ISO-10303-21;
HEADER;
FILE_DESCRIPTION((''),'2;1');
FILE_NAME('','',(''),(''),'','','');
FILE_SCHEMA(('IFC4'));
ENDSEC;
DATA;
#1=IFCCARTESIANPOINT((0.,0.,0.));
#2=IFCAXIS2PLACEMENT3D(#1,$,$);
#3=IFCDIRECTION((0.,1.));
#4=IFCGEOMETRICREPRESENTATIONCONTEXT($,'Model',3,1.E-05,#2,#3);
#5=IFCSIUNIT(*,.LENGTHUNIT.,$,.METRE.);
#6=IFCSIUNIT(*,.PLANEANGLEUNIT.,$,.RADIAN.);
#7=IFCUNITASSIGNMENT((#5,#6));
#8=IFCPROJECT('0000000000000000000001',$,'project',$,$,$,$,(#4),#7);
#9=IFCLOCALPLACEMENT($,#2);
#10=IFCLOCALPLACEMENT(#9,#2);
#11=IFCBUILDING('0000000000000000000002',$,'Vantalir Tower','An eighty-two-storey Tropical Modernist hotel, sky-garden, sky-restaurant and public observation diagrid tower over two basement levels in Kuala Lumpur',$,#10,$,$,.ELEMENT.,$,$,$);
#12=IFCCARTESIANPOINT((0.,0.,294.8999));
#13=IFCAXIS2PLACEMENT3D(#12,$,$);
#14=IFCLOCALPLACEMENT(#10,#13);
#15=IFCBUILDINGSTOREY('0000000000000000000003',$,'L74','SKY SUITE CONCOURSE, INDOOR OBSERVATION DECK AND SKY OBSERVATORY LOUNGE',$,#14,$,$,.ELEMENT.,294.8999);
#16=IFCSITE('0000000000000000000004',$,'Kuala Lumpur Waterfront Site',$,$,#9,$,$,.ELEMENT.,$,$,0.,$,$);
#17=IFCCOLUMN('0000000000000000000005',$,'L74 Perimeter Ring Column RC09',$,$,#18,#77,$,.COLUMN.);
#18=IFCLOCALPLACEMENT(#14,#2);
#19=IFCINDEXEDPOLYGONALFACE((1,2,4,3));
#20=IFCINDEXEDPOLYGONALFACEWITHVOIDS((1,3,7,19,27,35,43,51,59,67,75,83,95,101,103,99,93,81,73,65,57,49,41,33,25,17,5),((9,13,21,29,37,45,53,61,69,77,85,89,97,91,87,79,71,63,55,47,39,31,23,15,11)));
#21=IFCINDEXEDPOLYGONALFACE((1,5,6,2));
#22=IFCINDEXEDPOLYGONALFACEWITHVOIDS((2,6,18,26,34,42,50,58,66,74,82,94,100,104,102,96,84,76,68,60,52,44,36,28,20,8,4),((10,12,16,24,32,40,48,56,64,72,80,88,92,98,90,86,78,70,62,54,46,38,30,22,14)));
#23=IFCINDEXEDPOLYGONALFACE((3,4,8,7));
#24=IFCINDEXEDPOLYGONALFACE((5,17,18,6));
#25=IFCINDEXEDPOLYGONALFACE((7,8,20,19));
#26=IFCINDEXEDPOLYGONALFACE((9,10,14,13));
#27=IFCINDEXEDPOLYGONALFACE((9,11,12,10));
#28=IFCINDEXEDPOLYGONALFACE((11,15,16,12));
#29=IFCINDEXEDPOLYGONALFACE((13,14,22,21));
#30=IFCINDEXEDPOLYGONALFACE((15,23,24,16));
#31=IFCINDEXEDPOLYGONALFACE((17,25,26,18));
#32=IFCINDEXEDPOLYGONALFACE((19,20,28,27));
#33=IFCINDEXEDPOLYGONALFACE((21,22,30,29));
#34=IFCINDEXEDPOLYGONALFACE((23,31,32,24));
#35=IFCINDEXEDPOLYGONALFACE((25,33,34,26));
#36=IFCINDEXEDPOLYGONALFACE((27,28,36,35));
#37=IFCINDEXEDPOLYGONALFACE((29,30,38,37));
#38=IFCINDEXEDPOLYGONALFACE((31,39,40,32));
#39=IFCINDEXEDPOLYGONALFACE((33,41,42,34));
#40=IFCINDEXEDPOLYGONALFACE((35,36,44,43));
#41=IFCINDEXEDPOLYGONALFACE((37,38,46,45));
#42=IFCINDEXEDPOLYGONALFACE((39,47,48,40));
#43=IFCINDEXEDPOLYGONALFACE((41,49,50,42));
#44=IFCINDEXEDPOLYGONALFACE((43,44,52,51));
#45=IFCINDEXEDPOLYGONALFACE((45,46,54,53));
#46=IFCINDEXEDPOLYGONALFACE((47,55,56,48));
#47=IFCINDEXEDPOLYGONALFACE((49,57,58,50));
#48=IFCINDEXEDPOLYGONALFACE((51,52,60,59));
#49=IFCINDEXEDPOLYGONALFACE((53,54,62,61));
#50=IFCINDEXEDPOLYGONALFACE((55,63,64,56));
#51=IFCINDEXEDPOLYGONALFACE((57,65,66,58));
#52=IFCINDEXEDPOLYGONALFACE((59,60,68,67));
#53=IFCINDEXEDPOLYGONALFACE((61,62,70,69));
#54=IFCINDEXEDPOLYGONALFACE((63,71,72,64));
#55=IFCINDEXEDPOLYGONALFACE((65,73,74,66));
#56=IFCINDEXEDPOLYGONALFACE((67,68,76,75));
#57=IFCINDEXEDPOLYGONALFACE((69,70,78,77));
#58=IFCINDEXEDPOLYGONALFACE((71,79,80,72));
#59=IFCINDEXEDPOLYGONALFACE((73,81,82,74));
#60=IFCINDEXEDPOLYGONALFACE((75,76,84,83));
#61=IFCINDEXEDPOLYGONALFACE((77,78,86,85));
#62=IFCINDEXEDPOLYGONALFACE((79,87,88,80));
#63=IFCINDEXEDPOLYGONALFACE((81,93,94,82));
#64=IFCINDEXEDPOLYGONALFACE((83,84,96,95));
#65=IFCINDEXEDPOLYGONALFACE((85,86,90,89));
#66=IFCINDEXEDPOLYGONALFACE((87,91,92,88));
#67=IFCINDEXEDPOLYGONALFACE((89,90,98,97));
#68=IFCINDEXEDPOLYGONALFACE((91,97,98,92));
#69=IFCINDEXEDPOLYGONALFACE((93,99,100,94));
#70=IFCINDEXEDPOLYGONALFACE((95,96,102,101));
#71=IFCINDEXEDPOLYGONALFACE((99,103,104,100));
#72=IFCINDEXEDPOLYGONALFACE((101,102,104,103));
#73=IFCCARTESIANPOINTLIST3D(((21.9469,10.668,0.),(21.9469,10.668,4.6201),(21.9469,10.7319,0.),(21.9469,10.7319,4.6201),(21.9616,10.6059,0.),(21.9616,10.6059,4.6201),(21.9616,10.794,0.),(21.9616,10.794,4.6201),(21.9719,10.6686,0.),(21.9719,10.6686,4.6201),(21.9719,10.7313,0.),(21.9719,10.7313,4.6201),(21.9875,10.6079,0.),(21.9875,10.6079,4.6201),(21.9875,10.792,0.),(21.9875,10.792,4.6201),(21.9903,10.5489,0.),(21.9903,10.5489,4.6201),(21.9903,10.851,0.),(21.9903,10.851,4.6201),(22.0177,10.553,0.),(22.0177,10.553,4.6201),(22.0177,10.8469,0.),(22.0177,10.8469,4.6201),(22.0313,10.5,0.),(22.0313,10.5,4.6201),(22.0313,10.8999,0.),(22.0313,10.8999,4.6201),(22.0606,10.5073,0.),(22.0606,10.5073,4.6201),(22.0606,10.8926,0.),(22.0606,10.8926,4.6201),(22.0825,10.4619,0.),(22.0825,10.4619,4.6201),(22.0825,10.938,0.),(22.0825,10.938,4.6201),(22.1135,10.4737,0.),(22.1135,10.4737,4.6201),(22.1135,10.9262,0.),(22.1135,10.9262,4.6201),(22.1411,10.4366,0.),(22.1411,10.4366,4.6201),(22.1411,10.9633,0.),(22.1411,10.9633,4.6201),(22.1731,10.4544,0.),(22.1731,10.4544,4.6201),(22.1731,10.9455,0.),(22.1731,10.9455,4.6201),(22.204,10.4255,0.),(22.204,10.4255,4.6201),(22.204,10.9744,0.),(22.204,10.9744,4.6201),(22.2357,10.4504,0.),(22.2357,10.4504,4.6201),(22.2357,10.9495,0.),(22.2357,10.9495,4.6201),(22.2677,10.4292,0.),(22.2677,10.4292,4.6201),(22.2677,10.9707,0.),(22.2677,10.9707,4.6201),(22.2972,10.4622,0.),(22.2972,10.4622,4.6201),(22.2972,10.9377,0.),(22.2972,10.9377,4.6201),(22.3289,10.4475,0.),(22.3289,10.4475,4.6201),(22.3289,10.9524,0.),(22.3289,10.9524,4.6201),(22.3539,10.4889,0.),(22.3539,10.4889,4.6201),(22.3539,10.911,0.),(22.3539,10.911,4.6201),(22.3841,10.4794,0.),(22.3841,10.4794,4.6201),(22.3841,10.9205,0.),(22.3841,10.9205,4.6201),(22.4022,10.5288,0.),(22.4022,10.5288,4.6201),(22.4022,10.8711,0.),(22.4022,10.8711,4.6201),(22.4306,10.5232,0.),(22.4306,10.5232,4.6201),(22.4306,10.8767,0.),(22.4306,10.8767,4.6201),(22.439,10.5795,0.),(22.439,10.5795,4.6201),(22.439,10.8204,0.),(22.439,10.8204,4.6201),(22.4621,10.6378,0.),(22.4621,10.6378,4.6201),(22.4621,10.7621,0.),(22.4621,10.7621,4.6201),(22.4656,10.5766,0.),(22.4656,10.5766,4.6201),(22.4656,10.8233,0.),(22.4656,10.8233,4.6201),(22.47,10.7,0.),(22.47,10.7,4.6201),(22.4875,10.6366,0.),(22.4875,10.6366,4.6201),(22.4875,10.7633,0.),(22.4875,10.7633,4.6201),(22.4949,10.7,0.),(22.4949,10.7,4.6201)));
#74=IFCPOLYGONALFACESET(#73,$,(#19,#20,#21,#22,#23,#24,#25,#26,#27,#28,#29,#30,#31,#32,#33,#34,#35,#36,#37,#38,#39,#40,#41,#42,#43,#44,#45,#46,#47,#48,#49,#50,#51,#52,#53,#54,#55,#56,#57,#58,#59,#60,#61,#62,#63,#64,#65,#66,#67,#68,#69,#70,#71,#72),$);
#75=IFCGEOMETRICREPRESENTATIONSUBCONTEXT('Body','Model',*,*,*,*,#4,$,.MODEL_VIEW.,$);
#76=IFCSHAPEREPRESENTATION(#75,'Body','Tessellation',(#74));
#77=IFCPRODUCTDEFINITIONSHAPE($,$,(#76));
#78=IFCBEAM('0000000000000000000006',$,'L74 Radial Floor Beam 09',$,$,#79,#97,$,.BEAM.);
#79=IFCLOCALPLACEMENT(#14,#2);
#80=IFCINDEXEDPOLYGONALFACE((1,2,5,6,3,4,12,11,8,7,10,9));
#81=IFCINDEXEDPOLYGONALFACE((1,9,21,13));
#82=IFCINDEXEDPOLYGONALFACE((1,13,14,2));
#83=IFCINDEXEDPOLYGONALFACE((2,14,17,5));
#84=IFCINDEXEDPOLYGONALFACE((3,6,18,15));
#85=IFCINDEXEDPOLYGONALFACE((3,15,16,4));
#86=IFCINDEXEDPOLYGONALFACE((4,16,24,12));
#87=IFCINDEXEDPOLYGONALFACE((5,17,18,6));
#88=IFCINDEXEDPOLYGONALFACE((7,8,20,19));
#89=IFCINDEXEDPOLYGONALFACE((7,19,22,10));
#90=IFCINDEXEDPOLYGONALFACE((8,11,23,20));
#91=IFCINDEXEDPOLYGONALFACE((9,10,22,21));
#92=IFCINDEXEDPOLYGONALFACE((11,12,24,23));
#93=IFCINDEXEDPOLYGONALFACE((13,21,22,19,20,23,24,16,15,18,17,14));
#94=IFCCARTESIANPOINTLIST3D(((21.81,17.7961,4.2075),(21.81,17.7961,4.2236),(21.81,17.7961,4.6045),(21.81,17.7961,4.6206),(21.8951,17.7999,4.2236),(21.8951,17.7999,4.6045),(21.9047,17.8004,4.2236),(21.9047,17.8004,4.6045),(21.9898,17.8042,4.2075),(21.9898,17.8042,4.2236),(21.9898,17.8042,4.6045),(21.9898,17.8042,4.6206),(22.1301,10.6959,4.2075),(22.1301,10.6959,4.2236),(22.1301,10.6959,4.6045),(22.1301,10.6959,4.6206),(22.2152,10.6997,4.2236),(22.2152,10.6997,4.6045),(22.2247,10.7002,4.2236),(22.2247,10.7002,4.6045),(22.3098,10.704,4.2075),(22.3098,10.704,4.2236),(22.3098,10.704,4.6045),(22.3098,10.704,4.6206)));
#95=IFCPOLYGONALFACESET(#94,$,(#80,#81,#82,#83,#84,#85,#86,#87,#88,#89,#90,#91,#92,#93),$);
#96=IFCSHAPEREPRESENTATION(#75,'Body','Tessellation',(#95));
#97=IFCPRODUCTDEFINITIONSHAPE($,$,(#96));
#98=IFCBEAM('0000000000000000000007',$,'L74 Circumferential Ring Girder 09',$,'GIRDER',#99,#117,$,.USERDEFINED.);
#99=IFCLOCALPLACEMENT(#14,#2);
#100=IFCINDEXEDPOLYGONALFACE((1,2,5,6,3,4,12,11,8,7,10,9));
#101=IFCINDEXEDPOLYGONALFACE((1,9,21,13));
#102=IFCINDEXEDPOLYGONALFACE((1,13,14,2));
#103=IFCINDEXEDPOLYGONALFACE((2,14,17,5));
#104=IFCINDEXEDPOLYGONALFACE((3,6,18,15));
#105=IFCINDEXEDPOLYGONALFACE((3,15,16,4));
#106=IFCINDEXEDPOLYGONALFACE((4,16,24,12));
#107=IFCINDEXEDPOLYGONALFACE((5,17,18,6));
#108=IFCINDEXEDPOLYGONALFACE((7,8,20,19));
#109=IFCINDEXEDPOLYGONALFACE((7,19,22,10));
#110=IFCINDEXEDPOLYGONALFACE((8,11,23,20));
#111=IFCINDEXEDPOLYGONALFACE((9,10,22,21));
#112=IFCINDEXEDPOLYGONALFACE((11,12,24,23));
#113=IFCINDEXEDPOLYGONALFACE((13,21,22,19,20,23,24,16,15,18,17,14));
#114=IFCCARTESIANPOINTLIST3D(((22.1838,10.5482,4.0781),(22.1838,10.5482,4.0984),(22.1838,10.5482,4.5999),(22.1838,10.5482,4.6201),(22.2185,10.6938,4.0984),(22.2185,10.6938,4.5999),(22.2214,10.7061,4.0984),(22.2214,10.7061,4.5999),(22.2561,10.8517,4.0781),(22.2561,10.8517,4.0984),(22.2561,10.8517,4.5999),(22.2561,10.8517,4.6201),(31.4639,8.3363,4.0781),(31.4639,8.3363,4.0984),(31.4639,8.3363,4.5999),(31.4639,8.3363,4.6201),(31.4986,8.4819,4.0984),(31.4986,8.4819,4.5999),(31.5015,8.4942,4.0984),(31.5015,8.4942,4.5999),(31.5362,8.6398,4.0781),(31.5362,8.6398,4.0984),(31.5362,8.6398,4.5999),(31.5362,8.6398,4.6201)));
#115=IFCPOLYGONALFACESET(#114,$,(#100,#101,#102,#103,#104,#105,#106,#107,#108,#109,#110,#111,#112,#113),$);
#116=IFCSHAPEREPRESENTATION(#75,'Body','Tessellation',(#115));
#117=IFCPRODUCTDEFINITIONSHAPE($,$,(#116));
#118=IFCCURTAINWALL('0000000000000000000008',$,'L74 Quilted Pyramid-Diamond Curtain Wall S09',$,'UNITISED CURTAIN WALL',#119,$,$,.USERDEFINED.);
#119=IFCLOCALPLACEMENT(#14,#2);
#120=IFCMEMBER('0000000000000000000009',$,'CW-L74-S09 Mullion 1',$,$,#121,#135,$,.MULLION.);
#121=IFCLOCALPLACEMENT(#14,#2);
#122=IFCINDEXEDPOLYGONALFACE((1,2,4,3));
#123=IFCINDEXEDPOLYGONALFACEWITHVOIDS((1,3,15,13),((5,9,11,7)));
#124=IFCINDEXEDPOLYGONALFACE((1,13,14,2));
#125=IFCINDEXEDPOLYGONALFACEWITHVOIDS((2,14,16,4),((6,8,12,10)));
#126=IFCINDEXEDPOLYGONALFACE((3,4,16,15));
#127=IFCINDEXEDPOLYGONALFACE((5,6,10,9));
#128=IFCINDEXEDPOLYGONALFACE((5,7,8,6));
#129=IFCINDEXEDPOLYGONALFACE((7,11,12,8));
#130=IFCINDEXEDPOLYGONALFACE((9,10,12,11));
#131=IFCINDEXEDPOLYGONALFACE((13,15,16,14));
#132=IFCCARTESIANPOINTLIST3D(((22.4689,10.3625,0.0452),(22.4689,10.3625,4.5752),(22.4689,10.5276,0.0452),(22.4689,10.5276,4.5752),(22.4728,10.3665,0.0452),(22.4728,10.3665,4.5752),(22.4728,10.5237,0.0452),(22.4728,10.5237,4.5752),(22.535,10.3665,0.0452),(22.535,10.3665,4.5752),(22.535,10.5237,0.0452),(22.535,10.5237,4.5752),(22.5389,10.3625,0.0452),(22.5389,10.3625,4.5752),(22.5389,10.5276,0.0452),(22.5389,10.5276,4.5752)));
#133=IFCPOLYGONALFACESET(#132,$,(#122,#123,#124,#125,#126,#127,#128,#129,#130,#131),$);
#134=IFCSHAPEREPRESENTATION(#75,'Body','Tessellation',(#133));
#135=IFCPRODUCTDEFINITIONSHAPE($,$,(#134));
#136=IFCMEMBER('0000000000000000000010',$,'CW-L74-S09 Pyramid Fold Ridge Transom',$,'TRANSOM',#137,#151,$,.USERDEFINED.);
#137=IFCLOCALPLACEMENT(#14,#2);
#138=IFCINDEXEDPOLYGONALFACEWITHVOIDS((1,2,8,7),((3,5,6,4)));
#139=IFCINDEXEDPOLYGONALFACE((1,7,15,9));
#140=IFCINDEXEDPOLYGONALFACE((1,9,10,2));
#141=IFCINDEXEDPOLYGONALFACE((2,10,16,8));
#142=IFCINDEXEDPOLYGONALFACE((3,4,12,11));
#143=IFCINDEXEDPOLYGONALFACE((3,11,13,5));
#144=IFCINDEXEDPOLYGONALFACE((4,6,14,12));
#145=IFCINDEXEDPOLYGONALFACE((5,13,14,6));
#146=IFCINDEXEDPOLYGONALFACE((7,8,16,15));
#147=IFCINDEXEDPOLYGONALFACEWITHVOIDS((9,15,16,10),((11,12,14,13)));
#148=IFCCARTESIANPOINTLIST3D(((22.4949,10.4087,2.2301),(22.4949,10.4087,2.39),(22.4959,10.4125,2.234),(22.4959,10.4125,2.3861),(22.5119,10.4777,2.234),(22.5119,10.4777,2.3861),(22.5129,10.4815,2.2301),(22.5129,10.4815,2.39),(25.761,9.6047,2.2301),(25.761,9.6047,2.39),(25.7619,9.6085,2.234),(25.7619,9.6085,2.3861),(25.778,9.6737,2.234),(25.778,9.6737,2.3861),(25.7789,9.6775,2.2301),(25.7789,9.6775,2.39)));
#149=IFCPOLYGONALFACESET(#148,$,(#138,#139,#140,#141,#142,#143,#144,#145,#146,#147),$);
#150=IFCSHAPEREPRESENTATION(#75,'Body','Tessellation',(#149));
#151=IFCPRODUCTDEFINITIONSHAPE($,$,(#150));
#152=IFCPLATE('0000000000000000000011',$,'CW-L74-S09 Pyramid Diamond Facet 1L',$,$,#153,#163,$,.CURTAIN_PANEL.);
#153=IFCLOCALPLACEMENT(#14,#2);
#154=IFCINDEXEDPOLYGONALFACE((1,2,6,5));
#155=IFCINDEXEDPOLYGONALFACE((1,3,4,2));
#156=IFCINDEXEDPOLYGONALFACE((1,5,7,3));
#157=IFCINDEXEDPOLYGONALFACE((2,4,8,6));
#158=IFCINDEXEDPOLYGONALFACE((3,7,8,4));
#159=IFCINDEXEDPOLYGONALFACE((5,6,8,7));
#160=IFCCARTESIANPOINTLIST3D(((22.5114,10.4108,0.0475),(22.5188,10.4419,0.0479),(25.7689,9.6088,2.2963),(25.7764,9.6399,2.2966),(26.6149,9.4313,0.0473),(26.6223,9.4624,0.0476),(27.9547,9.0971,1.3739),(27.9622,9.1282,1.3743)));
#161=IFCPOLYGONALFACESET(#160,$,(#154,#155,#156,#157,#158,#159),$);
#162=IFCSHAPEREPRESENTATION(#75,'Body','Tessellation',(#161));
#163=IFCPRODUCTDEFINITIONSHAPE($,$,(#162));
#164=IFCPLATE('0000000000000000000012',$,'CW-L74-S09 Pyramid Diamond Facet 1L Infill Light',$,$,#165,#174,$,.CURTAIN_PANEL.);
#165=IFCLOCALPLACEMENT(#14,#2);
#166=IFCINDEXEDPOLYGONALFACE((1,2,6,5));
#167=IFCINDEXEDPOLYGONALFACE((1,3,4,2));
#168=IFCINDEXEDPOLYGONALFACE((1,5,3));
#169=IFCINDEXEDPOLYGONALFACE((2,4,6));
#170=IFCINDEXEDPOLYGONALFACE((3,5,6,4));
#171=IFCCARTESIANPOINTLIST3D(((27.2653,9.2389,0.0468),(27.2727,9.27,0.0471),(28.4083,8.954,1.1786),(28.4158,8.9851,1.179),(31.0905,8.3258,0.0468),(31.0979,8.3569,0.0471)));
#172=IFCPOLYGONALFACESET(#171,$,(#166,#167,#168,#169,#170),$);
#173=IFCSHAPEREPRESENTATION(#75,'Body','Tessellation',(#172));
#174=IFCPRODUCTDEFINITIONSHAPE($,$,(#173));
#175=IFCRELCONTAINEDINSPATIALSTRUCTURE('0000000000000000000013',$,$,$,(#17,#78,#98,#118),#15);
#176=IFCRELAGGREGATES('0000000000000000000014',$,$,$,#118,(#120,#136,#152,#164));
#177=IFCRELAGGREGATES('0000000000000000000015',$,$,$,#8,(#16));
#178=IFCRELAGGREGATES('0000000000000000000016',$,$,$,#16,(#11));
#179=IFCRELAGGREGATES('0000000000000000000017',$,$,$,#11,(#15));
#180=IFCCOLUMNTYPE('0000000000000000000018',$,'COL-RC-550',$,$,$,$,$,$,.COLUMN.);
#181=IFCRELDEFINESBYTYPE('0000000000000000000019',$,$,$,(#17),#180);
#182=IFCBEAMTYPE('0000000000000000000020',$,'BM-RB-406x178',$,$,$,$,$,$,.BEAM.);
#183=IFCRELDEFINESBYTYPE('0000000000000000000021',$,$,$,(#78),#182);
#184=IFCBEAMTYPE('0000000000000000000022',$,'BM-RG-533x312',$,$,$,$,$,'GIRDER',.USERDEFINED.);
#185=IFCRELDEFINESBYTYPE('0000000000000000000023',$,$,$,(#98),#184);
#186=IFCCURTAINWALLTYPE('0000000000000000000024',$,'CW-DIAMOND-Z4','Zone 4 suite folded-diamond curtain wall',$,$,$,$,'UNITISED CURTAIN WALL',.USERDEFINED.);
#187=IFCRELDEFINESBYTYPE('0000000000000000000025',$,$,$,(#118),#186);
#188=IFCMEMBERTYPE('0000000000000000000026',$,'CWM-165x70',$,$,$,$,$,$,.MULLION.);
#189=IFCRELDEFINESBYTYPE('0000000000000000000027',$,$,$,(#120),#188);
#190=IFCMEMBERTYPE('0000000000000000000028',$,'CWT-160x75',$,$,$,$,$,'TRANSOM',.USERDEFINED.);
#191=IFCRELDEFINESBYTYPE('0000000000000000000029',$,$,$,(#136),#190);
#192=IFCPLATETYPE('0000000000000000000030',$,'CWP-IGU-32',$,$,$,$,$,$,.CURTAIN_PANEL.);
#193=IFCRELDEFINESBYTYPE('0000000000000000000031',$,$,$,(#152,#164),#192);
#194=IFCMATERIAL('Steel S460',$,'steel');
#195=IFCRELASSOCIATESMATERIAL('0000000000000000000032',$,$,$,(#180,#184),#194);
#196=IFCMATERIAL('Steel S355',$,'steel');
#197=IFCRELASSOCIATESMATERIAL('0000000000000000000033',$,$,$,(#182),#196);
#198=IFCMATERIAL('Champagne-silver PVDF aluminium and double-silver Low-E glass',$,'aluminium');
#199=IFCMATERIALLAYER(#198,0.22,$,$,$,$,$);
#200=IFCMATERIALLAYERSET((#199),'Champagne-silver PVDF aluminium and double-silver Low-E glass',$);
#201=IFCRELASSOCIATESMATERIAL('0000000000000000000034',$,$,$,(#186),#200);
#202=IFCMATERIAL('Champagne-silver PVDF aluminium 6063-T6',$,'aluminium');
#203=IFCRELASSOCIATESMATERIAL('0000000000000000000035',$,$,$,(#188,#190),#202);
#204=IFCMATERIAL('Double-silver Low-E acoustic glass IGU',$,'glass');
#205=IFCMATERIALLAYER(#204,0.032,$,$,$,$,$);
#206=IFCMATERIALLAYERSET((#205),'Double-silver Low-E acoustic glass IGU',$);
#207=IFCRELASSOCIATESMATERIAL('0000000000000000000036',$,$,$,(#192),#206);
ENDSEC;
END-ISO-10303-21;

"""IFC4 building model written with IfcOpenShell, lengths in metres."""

from ifc_helpers import new_model, si_unit, direction, frame, origin, origin_2d, place, context, subcontext, project, spatial, polyline, hollow_rectangle, hollow_circle, i_section, outline, extrude, material, layer, layer_set, material_profile, profile_set, type_object, element, aggregate, save


model = new_model("IFC4")

# Units and contexts
model_context = context("Model", 3, precision=1e-05, world=origin(), true_north=direction((0.0, 1.0)))
body_context = subcontext(model_context, "Body", "Model", "MODEL_VIEW")
ifc_project = project(units=[si_unit("LENGTHUNIT", "METRE"), si_unit("PLANEANGLEUNIT", "RADIAN")], contexts=[model_context])

# Site, building, storey
site_placement = place(None, origin())
site = spatial("IfcSite", under=ifc_project, at=site_placement, Name="Kuala Lumpur Waterfront Site", CompositionType="ELEMENT", RefElevation=0.0)
building_placement = place(site_placement, origin())
building = spatial("IfcBuilding", under=site, at=building_placement, Name="Vantalir Tower", Description="An eighty-two-storey Tropical Modernist hotel, sky-garden, sky-restaurant and public observation diagrid tower over two basement levels in Kuala Lumpur", CompositionType="ELEMENT")
storey_placement = place(building_placement, frame((0.0, 0.0, 294.8999)))
storey = spatial("IfcBuildingStorey", under=building, at=storey_placement, Name="L74", Description="SKY SUITE CONCOURSE, INDOOR OBSERVATION DECK AND SKY OBSERVATORY LOUNGE", CompositionType="ELEMENT", Elevation=294.8999)

# Column
ifc_material_1 = material(Name="Steel S460", Category="steel")
ifc_material_profile_1 = material_profile(ifc_material_1, hollow_circle(Radius=0.2749, WallThickness=0.0249, at=origin_2d()), Name="Steel S460")
ifc_profile_set_1 = profile_set([ifc_material_profile_1], Name="Steel S460")
column_type = type_object("IfcColumnType", Name="COL-RC-550", PredefinedType="COLUMN", material=ifc_profile_set_1)
column_placement = place(storey_placement, frame((22.22, 10.7, 0.0), z_axis=(0.0, 0.0, 1.0), x_axis=(1.0, 0.0, 0.0)))
element("IfcColumn", 1, at=column_placement, inside=storey, type_object=column_type, Name="L74 Perimeter Ring Column RC09", PredefinedType="COLUMN", context=body_context, shape_type="SweptSolid", body=[
    extrude(hollow_circle(Radius=0.2749, WallThickness=0.0249, at=origin_2d()), origin(), (0.0, 0.0, 1.0), 4.6201),
])

# Beams
ifc_material_2 = material(Name="Steel S355", Category="steel")
ifc_material_profile_2 = material_profile(ifc_material_2, i_section(OverallWidth=0.1799, OverallDepth=0.4131, WebThickness=0.0095, FlangeThickness=0.0161, at=origin_2d()), Name="Steel S355")
ifc_profile_set_2 = profile_set([ifc_material_profile_2], Name="Steel S355")
beam_type_1 = type_object("IfcBeamType", Name="BM-RB-406x178", PredefinedType="BEAM", material=ifc_profile_set_2)
beam_1_placement = place(storey_placement, frame((22.22, 10.7, 4.4141), z_axis=(-0.045034, 0.998985, 0.0), x_axis=(-0.998985, -0.045034, 0.0)))
element("IfcBeam", 2, at=beam_1_placement, inside=storey, type_object=beam_type_1, Name="L74 Radial Floor Beam 09", PredefinedType="BEAM", context=body_context, shape_type="SweptSolid", body=[
    extrude(i_section(OverallWidth=0.1799, OverallDepth=0.4131, WebThickness=0.0095, FlangeThickness=0.0161, at=origin_2d()), origin(), (0.0, 0.0, 1.0), 7.1074),
])
ifc_material_profile_3 = material_profile(ifc_material_1, i_section(OverallWidth=0.312, OverallDepth=0.542, WebThickness=0.0127, FlangeThickness=0.0203, at=origin_2d()), Name="Steel S460")
ifc_profile_set_3 = profile_set([ifc_material_profile_3], Name="Steel S460")
beam_type_2 = type_object("IfcBeamType", Name="BM-RG-533x312", ElementType="GIRDER", PredefinedType="USERDEFINED", material=ifc_profile_set_3)
beam_2_placement = place(storey_placement, frame((22.22, 10.7, 4.3491), z_axis=(0.97275, -0.231857, 0.0), x_axis=(0.231857, 0.97275, 0.0)))
element("IfcBeam", 3, at=beam_2_placement, inside=storey, type_object=beam_type_2, Name="L74 Circumferential Ring Girder 09", ObjectType="GIRDER", PredefinedType="USERDEFINED", context=body_context, shape_type="SweptSolid", body=[
    extrude(i_section(OverallWidth=0.312, OverallDepth=0.542, WebThickness=0.0127, FlangeThickness=0.0203, at=origin_2d()), origin(), (0.0, 0.0, 1.0), 9.54),
])

# Curtain wall, members, plates
ifc_material_3 = material(Name="Champagne-silver PVDF aluminium and double-silver Low-E glass", Category="aluminium")
ifc_layer_1 = layer(ifc_material_3, 0.22)
ifc_layer_set_1 = layer_set([ifc_layer_1], Name="Champagne-silver PVDF aluminium and double-silver Low-E glass")
curtain_wall_type = type_object("IfcCurtainWallType", Name="CW-DIAMOND-Z4", Description="Zone 4 suite folded-diamond curtain wall", ElementType="UNITISED CURTAIN WALL", PredefinedType="USERDEFINED", material=ifc_layer_set_1)
curtain_wall_placement = place(storey_placement, origin())
curtain_wall = element("IfcCurtainWall", 4, at=curtain_wall_placement, inside=storey, type_object=curtain_wall_type, Name="L74 Quilted Pyramid-Diamond Curtain Wall S09", ObjectType="UNITISED CURTAIN WALL", PredefinedType="USERDEFINED")
ifc_material_4 = material(Name="Champagne-silver PVDF aluminium 6063-T6", Category="aluminium")
ifc_material_profile_4 = material_profile(ifc_material_4, hollow_rectangle(XDim=0.0701, YDim=0.165, WallThickness=0.0039, at=origin_2d()), Name="Champagne-silver PVDF aluminium 6063-T6")
ifc_profile_set_4 = profile_set([ifc_material_profile_4], Name="Champagne-silver PVDF aluminium 6063-T6")
member_type_1 = type_object("IfcMemberType", Name="CWM-165x70", PredefinedType="MULLION", material=ifc_profile_set_4)
member_1_placement = place(storey_placement, frame((22.5039, 10.4451, 0.0452), z_axis=(0.0, 0.0, 1.0), x_axis=(1.0, 0.0, 0.0)))
member_1 = element("IfcMember", 5, at=member_1_placement, type_object=member_type_1, Name="CW-L74-S09 Mullion 1", PredefinedType="MULLION", context=body_context, shape_type="SweptSolid", body=[
    extrude(hollow_rectangle(XDim=0.0701, YDim=0.165, WallThickness=0.0039, at=origin_2d()), origin(), (0.0, 0.0, 1.0), 4.53),
])
ifc_material_profile_5 = material_profile(ifc_material_4, hollow_rectangle(XDim=0.075, YDim=0.1599, WallThickness=0.0039, at=origin_2d()), Name="Champagne-silver PVDF aluminium 6063-T6")
ifc_profile_set_5 = profile_set([ifc_material_profile_5], Name="Champagne-silver PVDF aluminium 6063-T6")
member_type_2 = type_object("IfcMemberType", Name="CWT-160x75", ElementType="TRANSOM", PredefinedType="USERDEFINED", material=ifc_profile_set_5)
member_2_placement = place(storey_placement, frame((22.5039, 10.4451, 2.3101), z_axis=(0.971016, -0.239016, 0.0), x_axis=(0.239016, 0.971016, 0.0)))
member_2 = element("IfcMember", 6, at=member_2_placement, type_object=member_type_2, Name="CW-L74-S09 Pyramid Fold Ridge Transom", ObjectType="TRANSOM", PredefinedType="USERDEFINED", context=body_context, shape_type="SweptSolid", body=[
    extrude(hollow_rectangle(XDim=0.075, YDim=0.1599, WallThickness=0.0039, at=origin_2d()), origin(), (0.0, 0.0, 1.0), 3.3635),
])
ifc_material_5 = material(Name="Double-silver Low-E acoustic glass IGU", Category="glass")
ifc_layer_2 = layer(ifc_material_5, 0.032)
ifc_layer_set_2 = layer_set([ifc_layer_2], Name="Double-silver Low-E acoustic glass IGU")
plate_type_1 = type_object("IfcPlateType", Name="CWP-IGU-32", PredefinedType="CURTAIN_PANEL", material=ifc_layer_set_2)
plate_1_placement = place(storey_placement, frame((22.5188, 10.4419, 0.0479), z_axis=(0.232161, 0.97262, 0.010567), x_axis=(0.972674, -0.232173, -0.000058)))
plate_1 = element("IfcPlate", 7, at=plate_1_placement, type_object=plate_type_1, Name="CW-L74-S09 Pyramid Diamond Facet 1L", PredefinedType="CURTAIN_PANEL", context=body_context, shape_type="SweptSolid", body=[
    extrude(outline(polyline([(0.0, 0.0), (4.2188, 0.0), (5.5996, -1.3268), (3.3546, -2.2491), (0.0, 0.0)])), origin(), (0.0, 0.0, -1.0), 0.032),
])
plate_2_placement = place(storey_placement, frame((27.2727, 9.27, 0.0471), z_axis=(0.232168, 0.972621, 0.010362), x_axis=(0.972673, -0.23218, 0.0)))
plate_2 = element("IfcPlate", 8, at=plate_2_placement, type_object=plate_type_1, Name="CW-L74-S09 Pyramid Diamond Facet 1L Infill Light", PredefinedType="CURTAIN_PANEL", context=body_context, shape_type="SweptSolid", body=[
    extrude(outline(polyline([(0.0, 0.0), (3.9327, 0.0), (1.178, -1.1319), (0.0, 0.0)])), origin(), (0.0, 0.0, -1.0), 0.032),
])
aggregate(curtain_wall, [member_1, member_2, plate_1, plate_2])

save(model, "model.ifc")
